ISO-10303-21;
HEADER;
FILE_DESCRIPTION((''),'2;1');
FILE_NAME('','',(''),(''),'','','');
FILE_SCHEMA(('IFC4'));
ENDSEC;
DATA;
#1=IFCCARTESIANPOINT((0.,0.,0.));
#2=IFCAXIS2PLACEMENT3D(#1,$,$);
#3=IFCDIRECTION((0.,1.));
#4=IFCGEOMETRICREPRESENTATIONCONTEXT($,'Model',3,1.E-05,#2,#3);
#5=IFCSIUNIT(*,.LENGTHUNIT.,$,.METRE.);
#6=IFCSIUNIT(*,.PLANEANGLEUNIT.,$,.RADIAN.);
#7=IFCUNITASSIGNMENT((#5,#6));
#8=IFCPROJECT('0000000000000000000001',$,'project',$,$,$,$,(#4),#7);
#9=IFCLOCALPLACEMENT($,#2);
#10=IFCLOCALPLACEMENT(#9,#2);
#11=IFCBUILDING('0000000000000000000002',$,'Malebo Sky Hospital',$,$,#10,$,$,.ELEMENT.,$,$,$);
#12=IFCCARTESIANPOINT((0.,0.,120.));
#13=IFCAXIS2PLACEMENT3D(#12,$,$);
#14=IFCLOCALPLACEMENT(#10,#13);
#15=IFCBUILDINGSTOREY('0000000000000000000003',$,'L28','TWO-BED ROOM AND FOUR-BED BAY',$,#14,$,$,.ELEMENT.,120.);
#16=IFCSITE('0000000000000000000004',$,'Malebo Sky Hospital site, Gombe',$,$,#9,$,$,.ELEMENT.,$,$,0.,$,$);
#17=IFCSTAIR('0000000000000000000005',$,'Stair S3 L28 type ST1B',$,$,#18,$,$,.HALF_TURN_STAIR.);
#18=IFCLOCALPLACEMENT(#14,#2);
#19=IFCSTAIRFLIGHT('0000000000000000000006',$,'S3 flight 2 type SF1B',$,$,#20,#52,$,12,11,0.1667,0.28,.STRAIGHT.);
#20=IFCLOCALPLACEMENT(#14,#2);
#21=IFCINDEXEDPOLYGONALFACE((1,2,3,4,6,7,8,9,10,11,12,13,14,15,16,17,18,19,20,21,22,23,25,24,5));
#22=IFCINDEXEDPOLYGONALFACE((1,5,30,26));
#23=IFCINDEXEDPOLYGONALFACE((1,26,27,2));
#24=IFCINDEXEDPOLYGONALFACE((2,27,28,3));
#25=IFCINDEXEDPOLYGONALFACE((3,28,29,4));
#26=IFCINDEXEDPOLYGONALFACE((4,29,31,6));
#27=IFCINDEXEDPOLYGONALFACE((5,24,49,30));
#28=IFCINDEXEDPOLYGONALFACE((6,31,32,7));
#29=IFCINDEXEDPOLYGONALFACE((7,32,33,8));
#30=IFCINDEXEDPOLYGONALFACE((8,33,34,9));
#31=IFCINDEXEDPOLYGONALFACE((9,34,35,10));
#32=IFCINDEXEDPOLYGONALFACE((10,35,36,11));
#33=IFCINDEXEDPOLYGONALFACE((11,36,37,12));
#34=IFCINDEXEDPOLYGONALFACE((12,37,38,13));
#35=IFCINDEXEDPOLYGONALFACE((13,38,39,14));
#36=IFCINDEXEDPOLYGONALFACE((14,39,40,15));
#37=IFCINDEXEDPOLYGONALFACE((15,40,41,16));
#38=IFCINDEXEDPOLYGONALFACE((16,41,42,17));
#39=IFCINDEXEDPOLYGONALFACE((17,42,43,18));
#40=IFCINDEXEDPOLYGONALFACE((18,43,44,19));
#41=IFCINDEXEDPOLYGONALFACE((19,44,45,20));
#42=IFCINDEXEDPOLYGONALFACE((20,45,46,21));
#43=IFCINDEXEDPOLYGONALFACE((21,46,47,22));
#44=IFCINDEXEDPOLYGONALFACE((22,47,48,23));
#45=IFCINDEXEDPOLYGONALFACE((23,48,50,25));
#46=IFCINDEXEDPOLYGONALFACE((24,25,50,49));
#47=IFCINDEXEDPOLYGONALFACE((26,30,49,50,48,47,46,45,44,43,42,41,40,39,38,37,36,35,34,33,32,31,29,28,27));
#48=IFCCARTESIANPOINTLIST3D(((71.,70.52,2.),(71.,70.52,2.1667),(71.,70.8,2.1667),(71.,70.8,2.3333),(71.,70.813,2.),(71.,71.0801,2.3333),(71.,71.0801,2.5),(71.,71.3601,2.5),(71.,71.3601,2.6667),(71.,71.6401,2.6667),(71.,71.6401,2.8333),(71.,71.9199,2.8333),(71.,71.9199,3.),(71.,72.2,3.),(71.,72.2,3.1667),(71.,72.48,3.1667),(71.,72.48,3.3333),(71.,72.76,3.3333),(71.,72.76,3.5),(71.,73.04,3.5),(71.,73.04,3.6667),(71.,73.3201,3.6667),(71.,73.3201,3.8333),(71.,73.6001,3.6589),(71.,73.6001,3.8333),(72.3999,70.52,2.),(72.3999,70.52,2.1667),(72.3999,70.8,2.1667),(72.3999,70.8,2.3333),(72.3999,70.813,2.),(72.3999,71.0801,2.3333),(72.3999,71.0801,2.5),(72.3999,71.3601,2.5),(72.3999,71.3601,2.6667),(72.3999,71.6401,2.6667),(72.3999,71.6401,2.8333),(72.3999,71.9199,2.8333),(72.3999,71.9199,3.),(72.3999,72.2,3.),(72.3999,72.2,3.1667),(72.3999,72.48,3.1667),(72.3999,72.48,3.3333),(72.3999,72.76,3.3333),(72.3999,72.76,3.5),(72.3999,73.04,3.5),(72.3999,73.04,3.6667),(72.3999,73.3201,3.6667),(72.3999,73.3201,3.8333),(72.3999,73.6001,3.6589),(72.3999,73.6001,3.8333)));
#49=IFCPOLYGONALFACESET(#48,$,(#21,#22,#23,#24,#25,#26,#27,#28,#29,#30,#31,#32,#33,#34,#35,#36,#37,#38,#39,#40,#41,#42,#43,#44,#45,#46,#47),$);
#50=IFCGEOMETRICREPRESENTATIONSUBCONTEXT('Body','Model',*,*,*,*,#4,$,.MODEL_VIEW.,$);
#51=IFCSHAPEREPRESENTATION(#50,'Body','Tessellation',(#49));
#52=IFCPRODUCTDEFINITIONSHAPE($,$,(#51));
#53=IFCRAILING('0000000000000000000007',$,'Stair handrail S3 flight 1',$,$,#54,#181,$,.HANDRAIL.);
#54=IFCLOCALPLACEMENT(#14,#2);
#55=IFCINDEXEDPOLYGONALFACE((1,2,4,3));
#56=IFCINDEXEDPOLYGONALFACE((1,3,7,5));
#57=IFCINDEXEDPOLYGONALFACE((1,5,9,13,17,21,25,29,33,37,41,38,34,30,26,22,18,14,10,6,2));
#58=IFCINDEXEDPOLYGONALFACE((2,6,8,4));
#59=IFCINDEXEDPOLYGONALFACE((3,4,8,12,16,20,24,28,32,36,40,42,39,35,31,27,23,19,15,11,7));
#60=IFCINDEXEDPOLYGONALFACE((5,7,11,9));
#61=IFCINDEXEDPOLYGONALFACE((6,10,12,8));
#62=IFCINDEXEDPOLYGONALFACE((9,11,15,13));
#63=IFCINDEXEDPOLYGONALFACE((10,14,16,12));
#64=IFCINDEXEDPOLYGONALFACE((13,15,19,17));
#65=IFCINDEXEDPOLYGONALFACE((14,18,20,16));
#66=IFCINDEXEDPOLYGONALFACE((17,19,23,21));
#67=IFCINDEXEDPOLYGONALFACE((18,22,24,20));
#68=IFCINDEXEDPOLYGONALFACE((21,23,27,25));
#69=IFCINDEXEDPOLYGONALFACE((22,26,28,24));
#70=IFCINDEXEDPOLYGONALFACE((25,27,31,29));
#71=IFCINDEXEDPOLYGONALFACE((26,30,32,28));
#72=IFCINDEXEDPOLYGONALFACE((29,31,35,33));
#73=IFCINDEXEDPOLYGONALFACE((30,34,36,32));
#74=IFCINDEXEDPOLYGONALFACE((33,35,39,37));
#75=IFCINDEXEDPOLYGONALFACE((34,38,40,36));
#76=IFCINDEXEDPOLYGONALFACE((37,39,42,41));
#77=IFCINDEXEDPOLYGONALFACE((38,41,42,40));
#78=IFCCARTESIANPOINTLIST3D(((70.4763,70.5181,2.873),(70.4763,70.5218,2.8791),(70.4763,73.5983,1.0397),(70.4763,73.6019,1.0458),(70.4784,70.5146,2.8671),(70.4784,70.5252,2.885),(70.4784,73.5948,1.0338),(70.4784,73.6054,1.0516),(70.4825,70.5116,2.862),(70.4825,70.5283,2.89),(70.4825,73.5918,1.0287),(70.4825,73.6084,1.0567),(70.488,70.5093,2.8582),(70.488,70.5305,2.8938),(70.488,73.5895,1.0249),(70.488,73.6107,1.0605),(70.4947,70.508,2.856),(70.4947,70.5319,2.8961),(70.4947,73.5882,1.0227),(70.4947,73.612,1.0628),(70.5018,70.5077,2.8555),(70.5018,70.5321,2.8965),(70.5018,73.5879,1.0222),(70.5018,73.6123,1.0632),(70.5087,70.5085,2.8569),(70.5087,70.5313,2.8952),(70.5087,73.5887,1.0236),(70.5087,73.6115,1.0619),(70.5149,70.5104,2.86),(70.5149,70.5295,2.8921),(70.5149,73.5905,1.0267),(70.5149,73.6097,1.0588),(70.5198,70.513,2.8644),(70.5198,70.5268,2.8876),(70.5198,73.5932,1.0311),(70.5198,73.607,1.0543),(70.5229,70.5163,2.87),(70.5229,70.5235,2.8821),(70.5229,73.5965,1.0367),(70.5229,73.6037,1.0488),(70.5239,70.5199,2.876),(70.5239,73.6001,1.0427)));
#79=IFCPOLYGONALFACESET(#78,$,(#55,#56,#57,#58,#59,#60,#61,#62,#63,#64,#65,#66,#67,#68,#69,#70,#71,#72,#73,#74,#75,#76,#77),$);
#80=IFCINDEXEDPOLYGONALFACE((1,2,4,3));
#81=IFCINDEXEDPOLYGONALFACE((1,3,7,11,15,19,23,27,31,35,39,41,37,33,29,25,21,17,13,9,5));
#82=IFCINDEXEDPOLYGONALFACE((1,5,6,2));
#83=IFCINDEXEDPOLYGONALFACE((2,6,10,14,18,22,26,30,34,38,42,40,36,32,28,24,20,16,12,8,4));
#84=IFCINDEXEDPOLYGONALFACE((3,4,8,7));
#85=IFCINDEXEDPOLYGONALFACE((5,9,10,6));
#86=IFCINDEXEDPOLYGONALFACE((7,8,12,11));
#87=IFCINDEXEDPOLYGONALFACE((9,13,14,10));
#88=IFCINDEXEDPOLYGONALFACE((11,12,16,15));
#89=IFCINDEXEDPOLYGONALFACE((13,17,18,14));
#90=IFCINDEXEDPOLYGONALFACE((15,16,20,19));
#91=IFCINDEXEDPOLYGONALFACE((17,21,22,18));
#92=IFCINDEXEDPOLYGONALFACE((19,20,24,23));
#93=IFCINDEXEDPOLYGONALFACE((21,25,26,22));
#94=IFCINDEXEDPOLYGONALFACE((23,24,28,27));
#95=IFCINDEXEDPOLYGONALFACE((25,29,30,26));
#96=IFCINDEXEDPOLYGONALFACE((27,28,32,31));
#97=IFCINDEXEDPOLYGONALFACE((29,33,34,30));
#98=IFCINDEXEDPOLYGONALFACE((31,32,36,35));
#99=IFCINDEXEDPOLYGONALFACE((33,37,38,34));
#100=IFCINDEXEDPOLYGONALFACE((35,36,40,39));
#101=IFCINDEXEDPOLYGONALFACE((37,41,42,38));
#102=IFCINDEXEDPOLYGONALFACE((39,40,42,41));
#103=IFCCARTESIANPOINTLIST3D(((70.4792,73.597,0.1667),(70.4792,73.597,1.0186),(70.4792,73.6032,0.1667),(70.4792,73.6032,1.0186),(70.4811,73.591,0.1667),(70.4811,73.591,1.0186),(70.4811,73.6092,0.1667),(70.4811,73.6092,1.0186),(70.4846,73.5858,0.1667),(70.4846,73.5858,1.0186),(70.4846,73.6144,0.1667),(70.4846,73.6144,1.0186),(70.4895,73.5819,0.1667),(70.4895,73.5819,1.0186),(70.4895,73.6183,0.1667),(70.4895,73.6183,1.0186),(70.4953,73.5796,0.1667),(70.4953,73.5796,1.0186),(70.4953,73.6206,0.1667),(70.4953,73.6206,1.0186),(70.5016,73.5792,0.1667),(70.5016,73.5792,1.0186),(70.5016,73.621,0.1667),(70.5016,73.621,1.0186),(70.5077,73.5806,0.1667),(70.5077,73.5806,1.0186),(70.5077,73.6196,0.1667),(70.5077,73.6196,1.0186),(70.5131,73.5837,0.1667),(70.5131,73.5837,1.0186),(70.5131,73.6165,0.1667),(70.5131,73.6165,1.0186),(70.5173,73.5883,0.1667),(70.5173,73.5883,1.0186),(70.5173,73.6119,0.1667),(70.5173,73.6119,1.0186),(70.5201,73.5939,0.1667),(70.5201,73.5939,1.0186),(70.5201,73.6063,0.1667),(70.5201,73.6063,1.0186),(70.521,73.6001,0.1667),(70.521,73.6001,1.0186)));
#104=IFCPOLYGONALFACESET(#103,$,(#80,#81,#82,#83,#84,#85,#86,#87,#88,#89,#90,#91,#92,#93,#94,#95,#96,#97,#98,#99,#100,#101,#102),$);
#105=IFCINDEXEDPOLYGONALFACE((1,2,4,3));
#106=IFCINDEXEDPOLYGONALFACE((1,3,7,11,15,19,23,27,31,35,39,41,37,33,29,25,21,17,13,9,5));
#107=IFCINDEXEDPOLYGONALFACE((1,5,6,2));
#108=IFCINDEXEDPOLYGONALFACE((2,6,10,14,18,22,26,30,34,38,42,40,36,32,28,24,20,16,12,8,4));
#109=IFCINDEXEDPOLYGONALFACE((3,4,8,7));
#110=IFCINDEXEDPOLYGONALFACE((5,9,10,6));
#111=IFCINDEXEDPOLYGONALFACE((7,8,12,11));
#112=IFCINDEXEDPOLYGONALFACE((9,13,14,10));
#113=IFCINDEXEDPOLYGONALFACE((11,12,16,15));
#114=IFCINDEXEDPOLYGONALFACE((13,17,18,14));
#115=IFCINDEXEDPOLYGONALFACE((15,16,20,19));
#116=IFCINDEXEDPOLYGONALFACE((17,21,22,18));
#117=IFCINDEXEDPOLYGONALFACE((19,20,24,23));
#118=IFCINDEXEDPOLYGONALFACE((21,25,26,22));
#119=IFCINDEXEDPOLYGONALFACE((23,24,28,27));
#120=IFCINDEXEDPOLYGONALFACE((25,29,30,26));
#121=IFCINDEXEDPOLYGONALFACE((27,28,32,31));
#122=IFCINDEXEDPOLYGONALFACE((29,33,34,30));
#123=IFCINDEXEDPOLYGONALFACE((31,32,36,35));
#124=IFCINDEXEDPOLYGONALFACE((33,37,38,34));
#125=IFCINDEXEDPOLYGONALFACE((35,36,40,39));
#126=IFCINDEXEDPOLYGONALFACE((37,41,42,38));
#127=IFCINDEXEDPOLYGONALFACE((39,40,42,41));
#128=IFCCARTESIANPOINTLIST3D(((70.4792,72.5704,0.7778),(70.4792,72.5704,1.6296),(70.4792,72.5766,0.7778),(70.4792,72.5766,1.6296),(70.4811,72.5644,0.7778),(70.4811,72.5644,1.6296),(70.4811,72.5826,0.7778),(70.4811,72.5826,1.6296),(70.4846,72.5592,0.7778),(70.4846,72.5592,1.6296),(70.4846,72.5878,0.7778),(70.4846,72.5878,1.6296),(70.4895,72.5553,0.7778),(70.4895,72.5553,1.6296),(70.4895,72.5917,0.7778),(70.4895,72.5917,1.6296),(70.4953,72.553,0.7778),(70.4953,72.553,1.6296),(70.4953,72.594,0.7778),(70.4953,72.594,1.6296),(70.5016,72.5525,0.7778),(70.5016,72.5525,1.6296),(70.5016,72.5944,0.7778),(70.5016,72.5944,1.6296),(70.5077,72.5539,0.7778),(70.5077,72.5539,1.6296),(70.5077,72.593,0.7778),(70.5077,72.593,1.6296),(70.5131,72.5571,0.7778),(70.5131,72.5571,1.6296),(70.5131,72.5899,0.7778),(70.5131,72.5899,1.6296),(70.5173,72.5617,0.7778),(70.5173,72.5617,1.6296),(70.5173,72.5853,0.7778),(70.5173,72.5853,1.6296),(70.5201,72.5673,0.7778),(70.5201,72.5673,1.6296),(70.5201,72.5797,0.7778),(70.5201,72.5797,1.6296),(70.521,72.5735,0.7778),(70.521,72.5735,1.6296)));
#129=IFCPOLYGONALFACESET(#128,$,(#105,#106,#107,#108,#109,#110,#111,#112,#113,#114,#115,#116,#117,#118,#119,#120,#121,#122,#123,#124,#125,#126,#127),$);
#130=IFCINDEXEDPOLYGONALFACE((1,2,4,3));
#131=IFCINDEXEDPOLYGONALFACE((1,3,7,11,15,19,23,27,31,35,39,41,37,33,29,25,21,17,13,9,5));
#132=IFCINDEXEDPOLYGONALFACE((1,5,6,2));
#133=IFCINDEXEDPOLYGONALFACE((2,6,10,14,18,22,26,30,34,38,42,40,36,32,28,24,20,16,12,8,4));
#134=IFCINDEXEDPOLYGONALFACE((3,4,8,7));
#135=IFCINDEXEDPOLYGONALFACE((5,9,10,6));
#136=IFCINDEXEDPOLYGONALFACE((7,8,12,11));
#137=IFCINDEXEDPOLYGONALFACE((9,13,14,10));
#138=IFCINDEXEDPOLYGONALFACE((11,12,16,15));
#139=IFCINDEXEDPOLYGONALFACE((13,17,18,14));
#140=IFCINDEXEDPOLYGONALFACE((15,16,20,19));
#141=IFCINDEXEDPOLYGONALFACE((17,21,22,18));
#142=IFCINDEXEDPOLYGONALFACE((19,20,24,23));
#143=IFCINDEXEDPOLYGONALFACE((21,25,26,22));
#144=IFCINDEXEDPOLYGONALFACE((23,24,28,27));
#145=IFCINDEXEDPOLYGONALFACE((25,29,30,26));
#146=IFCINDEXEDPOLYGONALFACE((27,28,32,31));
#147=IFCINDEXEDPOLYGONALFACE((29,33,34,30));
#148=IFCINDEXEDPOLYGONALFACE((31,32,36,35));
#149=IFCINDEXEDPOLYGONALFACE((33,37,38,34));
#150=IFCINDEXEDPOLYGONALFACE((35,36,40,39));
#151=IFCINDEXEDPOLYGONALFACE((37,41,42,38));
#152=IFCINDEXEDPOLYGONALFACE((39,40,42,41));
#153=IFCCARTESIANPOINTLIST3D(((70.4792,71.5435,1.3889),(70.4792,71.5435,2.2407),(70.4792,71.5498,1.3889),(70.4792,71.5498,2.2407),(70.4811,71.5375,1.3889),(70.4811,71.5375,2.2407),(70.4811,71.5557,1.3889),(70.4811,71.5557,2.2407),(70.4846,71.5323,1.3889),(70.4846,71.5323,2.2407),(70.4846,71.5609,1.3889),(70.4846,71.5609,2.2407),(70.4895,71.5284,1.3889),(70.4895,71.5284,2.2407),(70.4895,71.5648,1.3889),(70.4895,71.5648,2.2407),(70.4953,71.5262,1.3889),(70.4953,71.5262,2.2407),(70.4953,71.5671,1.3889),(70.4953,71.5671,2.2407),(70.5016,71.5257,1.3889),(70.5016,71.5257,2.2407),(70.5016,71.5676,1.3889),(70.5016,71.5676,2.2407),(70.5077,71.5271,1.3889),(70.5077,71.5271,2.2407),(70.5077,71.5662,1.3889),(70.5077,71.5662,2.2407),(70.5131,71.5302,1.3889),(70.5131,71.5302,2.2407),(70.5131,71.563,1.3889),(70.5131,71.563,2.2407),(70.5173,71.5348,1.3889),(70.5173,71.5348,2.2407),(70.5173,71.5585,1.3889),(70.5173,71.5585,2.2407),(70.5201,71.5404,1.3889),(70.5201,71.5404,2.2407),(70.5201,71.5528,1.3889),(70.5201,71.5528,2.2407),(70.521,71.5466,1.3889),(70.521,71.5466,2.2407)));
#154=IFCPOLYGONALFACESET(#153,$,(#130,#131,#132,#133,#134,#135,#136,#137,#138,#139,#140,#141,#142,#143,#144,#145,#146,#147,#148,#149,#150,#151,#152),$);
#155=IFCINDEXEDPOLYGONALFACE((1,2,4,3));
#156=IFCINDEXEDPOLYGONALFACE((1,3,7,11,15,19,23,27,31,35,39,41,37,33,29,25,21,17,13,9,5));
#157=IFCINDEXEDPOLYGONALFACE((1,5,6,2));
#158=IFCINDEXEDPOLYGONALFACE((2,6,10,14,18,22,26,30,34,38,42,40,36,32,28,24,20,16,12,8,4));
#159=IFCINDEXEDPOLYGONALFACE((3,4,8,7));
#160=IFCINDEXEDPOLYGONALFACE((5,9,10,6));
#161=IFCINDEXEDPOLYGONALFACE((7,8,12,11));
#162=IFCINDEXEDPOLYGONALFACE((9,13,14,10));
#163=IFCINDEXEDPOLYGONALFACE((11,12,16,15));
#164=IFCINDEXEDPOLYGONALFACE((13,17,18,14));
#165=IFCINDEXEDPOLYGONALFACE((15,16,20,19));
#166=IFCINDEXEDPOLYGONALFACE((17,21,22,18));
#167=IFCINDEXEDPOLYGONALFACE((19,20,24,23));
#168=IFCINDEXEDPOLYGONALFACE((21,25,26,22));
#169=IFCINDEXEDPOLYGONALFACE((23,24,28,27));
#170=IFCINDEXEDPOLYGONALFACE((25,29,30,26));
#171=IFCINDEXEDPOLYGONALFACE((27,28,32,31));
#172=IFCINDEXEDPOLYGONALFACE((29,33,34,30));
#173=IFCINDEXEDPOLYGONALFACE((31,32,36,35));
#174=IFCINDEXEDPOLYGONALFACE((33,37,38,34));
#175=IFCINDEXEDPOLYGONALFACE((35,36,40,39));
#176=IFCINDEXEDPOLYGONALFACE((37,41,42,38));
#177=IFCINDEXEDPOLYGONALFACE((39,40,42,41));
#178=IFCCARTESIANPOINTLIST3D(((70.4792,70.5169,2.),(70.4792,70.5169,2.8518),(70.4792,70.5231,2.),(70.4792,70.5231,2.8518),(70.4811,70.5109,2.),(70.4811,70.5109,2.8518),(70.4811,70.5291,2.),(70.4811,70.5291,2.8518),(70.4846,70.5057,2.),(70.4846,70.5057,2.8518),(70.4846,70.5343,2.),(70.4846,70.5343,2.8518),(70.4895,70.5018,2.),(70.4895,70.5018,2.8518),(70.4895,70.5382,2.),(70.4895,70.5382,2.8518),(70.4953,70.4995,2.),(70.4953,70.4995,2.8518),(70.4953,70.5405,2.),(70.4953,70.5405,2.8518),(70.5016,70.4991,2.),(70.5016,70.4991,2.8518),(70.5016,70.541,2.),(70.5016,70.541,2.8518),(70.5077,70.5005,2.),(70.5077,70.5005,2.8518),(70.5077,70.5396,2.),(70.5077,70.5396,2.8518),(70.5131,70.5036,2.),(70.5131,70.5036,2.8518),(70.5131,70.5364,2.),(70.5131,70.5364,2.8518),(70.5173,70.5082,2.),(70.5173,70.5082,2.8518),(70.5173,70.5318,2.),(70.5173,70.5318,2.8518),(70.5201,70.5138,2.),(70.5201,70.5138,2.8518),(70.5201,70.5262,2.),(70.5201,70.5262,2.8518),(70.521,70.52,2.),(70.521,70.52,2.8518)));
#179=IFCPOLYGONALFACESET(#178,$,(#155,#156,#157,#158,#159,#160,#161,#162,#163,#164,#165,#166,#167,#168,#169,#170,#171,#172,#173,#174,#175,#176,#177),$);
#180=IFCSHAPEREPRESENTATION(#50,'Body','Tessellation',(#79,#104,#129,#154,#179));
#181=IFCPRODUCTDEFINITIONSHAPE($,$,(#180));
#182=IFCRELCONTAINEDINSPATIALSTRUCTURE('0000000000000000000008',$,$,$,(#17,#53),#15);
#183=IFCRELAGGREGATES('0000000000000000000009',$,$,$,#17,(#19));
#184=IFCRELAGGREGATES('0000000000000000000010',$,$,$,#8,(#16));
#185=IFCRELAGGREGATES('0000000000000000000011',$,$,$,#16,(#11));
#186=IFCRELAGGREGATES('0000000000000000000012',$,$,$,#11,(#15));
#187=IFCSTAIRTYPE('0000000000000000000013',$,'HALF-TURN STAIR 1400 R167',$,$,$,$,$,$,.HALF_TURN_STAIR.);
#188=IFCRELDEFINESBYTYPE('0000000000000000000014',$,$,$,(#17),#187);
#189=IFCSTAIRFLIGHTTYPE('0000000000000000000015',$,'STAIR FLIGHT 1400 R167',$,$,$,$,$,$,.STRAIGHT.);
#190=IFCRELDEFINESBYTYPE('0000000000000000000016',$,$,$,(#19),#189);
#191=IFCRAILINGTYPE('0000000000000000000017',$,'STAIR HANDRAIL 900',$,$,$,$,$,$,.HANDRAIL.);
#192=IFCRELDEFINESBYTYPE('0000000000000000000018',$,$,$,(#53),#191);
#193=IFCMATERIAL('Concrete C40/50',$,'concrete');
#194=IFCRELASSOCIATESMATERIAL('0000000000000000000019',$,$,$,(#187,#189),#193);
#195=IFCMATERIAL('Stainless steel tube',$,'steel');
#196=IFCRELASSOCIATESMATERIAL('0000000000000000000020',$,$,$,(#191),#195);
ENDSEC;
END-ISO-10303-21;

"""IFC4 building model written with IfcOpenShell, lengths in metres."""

from ifc_helpers import new_model, si_unit, direction, frame, origin, origin_2d, place, context, subcontext, project, spatial, polyline, circle, outline, extrude, material, type_object, element, aggregate, save


model = new_model("IFC4")

# Units and contexts
model_context = context("Model", 3, precision=1e-05, world=origin(), true_north=direction((0.0, 1.0)))
body_context = subcontext(model_context, "Body", "Model", "MODEL_VIEW")
ifc_project = project(units=[si_unit("LENGTHUNIT", "METRE"), si_unit("PLANEANGLEUNIT", "RADIAN")], contexts=[model_context])

# Site, building, storey
site_placement = place(None, origin())
site = spatial("IfcSite", under=ifc_project, at=site_placement, Name="Malebo Sky Hospital site, Gombe", CompositionType="ELEMENT", RefElevation=0.0)
building_placement = place(site_placement, origin())
building = spatial("IfcBuilding", under=site, at=building_placement, Name="Malebo Sky Hospital", CompositionType="ELEMENT")
storey_placement = place(building_placement, frame((0.0, 0.0, 120.0)))
storey = spatial("IfcBuildingStorey", under=building, at=storey_placement, Name="L28", Description="TWO-BED ROOM AND FOUR-BED BAY", CompositionType="ELEMENT", Elevation=120.0)

# Shared definitions
ifc_material_1 = material(Name="Concrete C40/50", Category="concrete")

# Stair, stair flight
stair_type = type_object("IfcStairType", Name="HALF-TURN STAIR 1400 R167", PredefinedType="HALF_TURN_STAIR", material=ifc_material_1)
stair_placement = place(storey_placement, origin())
stair = element("IfcStair", 1, at=stair_placement, inside=storey, type_object=stair_type, Name="Stair S3 L28 type ST1B", PredefinedType="HALF_TURN_STAIR")
stair_flight_type = type_object("IfcStairFlightType", Name="STAIR FLIGHT 1400 R167", PredefinedType="STRAIGHT", material=ifc_material_1)
stair_flight_1_placement = place(storey_placement, frame((71.7, 70.52, 2.0), z_axis=(0.0, 0.0, 1.0), x_axis=(0.0, 1.0, 0.0)))
stair_flight_1 = element("IfcStairFlight", 2, at=stair_flight_1_placement, type_object=stair_flight_type, Name="S3 flight 2 type SF1B", NumberOfRisers=12, NumberOfTreads=11, PredefinedType="STRAIGHT", RiserHeight=0.1667, TreadLength=0.28, context=body_context, shape_type="SweptSolid", body=[
    extrude(outline(polyline([(0.0, 0.0), (0.0, 0.1667), (0.28, 0.1667), (0.28, 0.3333), (0.5601, 0.3333), (0.5601, 0.5), (0.8401, 0.5), (0.8401, 0.6667), (1.1201, 0.6667), (1.1201, 0.8333), (1.3999, 0.8333), (1.3999, 1.0), (1.6799, 1.0), (1.6799, 1.1667), (1.96, 1.1667), (1.96, 1.3333), (2.24, 1.3333), (2.24, 1.5), (2.52, 1.5), (2.52, 1.6667), (2.8, 1.6667), (2.8, 1.8333), (3.0801, 1.8333), (3.0801, 2.0), (3.0801, 1.6589), (0.293, 0.0), (0.0, 0.0)])), frame((0.0, 0.7, 0.0), z_axis=(0.0, -1.0, 0.0), x_axis=(1.0, 0.0, 0.0)), (0.0, 0.0, 1.0), 1.3999),
])
aggregate(stair, [stair_flight_1])

# Railing
ifc_material_2 = material(Name="Stainless steel tube", Category="steel")
railing_type = type_object("IfcRailingType", Name="STAIR HANDRAIL 900", PredefinedType="HANDRAIL", material=ifc_material_2)
railing_1_placement = place(storey_placement, frame((70.5, 73.6001, 0.1667)))
element("IfcRailing", 3, at=railing_1_placement, inside=storey, type_object=railing_type, Name="Stair handrail S3 flight 1", PredefinedType="HANDRAIL", context=body_context, shape_type="SweptSolid", body=[
    extrude(circle(Radius=0.0239, at=origin_2d()), frame((0.0, 0.0, 0.876), z_axis=(0.0, -0.859309, 0.511458), x_axis=(1.0, 0.0, 0.0)), (0.0, 0.0, 1.0), 3.5845),
    extrude(circle(Radius=0.021, at=origin_2d()), origin(), (0.0, 0.0, 1.0), 0.8518),
    extrude(circle(Radius=0.021, at=origin_2d()), frame((0.0, -1.0266, 0.6111)), (0.0, 0.0, 1.0), 0.8518),
    extrude(circle(Radius=0.021, at=origin_2d()), frame((0.0, -2.0535, 1.2222)), (0.0, 0.0, 1.0), 0.8518),
    extrude(circle(Radius=0.021, at=origin_2d()), frame((0.0, -3.0801, 1.8333)), (0.0, 0.0, 1.0), 0.8518),
])

save(model, "model.ifc")
